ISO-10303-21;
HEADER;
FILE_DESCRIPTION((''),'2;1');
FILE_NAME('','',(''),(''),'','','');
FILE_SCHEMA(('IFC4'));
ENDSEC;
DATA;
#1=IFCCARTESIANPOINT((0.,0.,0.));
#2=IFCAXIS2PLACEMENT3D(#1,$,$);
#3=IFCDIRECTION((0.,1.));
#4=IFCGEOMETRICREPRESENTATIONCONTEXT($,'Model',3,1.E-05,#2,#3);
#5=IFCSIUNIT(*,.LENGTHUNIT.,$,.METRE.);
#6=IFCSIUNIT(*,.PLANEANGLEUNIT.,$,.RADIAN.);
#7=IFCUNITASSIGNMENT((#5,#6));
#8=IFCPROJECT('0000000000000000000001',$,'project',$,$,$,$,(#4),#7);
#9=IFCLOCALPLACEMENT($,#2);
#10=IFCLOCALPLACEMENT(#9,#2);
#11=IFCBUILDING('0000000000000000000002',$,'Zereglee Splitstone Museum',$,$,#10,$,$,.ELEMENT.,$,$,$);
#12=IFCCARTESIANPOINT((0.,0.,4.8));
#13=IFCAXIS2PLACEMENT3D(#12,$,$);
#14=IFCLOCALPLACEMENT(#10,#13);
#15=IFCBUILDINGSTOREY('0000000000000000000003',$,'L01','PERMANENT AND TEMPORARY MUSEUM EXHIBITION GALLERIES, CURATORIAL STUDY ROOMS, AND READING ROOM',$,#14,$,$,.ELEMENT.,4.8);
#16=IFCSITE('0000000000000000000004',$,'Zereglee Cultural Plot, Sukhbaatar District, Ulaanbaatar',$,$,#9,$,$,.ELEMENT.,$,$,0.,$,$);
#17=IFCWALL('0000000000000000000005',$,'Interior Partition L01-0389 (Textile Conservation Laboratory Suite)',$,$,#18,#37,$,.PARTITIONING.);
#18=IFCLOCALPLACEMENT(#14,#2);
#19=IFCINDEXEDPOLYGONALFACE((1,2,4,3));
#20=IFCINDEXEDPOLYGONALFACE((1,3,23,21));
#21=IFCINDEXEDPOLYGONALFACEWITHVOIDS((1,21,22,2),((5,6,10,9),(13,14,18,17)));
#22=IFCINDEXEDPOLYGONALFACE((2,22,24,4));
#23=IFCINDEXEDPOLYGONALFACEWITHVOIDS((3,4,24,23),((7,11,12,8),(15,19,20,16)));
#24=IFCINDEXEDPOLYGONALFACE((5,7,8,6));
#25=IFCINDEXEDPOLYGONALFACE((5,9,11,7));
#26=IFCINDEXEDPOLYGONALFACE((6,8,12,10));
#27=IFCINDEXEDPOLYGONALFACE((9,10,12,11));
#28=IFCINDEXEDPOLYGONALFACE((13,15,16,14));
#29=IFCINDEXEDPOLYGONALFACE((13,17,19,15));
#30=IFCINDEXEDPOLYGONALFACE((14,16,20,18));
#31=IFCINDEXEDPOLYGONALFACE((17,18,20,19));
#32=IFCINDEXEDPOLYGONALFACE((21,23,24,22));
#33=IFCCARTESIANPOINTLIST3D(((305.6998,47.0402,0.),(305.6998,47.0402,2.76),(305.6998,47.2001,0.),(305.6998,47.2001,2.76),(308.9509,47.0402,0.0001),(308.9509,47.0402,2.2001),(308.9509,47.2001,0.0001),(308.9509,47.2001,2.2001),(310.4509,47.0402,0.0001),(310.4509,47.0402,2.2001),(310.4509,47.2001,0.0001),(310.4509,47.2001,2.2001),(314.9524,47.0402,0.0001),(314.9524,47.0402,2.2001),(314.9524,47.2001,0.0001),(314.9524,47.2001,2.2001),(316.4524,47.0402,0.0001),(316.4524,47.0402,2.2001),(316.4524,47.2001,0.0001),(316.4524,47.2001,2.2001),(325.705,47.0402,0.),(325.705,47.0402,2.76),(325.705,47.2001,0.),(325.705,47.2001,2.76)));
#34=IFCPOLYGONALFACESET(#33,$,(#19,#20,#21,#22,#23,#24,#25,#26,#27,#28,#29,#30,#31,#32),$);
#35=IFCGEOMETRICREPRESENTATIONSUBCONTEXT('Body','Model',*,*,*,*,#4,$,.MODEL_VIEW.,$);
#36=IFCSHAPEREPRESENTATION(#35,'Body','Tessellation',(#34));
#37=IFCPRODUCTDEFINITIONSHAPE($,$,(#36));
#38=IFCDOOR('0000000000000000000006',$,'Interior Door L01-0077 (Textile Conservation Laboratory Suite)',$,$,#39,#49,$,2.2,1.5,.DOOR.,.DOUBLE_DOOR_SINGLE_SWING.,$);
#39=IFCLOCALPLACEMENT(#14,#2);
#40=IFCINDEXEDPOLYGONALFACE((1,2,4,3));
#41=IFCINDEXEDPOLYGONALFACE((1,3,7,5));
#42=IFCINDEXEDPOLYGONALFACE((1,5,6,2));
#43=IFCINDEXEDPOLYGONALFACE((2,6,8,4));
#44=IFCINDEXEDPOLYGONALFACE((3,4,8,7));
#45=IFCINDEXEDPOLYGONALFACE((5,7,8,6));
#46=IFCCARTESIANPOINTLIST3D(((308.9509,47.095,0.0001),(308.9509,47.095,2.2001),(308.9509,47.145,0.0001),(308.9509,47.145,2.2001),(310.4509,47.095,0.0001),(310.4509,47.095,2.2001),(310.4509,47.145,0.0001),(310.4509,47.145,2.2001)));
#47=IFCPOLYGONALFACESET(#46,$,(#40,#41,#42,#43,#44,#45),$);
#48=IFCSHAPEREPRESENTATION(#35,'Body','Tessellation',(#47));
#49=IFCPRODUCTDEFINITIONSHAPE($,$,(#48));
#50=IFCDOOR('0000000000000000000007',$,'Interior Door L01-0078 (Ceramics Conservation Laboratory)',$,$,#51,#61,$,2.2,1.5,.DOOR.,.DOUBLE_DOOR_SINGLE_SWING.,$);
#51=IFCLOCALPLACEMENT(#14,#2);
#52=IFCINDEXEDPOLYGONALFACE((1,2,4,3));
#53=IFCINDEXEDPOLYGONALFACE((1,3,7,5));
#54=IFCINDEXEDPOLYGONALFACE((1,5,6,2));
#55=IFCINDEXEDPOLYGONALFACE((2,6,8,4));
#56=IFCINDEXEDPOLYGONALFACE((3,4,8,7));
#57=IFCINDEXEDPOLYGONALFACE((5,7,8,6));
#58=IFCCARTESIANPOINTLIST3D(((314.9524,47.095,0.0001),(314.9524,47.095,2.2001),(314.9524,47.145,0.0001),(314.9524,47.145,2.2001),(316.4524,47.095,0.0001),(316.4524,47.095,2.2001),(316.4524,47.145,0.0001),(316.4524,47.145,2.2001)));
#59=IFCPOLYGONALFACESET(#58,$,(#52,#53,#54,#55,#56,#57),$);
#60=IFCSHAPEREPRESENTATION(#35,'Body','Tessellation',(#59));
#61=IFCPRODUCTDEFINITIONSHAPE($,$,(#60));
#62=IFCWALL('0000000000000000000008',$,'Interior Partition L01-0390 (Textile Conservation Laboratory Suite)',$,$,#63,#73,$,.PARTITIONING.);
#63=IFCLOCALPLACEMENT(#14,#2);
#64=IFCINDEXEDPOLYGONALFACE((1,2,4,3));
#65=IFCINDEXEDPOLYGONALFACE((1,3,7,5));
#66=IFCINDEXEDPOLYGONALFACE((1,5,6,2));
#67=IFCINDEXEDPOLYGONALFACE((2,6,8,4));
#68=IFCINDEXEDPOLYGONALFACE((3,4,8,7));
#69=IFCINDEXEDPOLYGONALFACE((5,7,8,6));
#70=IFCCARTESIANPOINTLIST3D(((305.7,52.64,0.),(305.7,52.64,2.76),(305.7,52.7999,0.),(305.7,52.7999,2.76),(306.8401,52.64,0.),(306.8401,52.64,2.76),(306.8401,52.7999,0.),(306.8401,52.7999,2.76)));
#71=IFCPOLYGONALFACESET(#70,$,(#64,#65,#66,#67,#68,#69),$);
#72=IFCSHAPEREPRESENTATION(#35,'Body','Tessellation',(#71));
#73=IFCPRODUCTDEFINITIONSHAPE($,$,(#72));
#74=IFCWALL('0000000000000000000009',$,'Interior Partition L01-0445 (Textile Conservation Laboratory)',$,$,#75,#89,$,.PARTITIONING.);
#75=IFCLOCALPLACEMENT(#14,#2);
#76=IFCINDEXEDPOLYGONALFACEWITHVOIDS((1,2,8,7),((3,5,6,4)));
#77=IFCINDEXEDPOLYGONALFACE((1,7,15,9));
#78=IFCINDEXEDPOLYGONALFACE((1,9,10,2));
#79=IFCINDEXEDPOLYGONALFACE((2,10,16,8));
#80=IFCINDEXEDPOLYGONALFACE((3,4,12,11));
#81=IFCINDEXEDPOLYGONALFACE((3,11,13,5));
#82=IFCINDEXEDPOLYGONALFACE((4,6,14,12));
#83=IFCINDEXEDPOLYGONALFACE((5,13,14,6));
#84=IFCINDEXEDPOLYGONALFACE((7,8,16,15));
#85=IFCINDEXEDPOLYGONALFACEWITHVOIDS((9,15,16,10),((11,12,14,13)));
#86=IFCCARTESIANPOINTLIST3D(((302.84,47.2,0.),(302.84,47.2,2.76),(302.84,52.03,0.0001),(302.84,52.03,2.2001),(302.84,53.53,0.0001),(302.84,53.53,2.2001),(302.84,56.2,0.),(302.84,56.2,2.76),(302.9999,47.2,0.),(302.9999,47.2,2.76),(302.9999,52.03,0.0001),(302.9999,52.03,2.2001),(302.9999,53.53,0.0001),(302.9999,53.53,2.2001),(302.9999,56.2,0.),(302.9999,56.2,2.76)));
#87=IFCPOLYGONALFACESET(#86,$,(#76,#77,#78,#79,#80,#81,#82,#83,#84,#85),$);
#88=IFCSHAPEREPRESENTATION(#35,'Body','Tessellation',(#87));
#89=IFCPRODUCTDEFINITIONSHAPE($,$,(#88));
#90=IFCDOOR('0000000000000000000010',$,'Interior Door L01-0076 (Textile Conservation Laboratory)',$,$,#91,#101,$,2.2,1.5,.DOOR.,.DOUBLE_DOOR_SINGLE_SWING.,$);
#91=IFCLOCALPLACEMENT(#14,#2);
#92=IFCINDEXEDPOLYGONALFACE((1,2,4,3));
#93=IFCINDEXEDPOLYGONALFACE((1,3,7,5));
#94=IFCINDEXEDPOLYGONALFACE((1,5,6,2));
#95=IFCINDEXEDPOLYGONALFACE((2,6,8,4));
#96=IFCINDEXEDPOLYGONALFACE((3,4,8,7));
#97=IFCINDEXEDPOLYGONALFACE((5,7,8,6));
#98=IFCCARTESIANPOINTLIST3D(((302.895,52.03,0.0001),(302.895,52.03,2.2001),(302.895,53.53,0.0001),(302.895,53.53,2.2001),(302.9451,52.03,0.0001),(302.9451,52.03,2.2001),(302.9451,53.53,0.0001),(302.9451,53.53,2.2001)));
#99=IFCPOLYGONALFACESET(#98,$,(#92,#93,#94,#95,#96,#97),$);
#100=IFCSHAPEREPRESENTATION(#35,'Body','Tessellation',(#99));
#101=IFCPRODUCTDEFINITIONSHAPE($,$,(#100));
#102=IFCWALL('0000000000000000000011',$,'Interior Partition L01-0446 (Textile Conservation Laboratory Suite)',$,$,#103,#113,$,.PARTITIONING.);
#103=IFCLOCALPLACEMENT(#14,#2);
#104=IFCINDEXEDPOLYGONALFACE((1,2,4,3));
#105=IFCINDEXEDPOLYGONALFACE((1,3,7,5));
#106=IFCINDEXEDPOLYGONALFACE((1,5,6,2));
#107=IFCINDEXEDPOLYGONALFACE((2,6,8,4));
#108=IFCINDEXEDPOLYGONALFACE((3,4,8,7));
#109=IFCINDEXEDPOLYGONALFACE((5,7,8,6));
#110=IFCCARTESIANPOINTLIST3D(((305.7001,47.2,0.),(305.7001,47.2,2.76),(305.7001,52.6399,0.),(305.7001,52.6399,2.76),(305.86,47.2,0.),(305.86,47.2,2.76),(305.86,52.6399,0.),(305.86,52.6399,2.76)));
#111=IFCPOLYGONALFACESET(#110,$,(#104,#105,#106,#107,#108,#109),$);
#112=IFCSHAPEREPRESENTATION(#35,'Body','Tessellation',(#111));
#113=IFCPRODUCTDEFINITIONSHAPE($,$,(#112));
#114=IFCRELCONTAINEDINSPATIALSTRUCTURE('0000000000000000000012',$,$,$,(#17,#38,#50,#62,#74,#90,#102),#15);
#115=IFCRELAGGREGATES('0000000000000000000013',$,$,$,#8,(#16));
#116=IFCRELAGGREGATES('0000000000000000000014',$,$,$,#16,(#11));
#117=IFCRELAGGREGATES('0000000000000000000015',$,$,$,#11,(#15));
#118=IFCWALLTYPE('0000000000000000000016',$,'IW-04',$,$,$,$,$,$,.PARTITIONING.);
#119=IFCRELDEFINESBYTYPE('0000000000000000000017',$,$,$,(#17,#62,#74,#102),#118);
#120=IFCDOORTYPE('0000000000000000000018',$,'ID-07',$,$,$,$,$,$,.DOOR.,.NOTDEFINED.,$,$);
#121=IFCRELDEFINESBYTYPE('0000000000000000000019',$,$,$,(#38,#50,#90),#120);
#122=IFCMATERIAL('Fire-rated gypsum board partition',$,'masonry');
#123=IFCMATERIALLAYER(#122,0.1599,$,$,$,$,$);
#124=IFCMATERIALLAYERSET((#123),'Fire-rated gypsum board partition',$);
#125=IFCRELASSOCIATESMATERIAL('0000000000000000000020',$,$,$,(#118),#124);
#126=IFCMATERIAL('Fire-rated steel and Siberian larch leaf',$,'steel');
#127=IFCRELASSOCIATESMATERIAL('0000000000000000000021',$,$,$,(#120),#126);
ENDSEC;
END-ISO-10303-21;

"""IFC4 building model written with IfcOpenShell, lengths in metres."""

from ifc_helpers import new_model, si_unit, direction, frame, frame_2d, origin, place, context, subcontext, project, spatial, rectangle, extrude, material, layer, layer_set, type_object, element, fill, save


model = new_model("IFC4")

# Units and contexts
model_context = context("Model", 3, precision=1e-05, world=origin(), true_north=direction((0.0, 1.0)))
body_context = subcontext(model_context, "Body", "Model", "MODEL_VIEW")
ifc_project = project(units=[si_unit("LENGTHUNIT", "METRE"), si_unit("PLANEANGLEUNIT", "RADIAN")], contexts=[model_context])

# Site, building, storey
site_placement = place(None, origin())
site = spatial("IfcSite", under=ifc_project, at=site_placement, Name="Zereglee Cultural Plot, Sukhbaatar District, Ulaanbaatar", CompositionType="ELEMENT", RefElevation=0.0)
building_placement = place(site_placement, origin())
building = spatial("IfcBuilding", under=site, at=building_placement, Name="Zereglee Splitstone Museum", CompositionType="ELEMENT")
storey_placement = place(building_placement, frame((0.0, 0.0, 4.8)))
storey = spatial("IfcBuildingStorey", under=building, at=storey_placement, Name="L01", Description="PERMANENT AND TEMPORARY MUSEUM EXHIBITION GALLERIES, CURATORIAL STUDY ROOMS, AND READING ROOM", CompositionType="ELEMENT", Elevation=4.8)

# Shared definitions
ifc_material_1 = material(Name="Fire-rated gypsum board partition", Category="masonry")
ifc_layer_1 = layer(ifc_material_1, 0.1599)
ifc_layer_set_1 = layer_set([ifc_layer_1], Name="Fire-rated gypsum board partition")
wall_type_1 = type_object("IfcWallType", Name="IW-04", PredefinedType="PARTITIONING", material=ifc_layer_set_1)

# Wall, openings, doors
wall_1_placement = place(storey_placement, frame((305.7, 47.1201, 0.0), z_axis=(0.0, 0.0, 1.0), x_axis=(1.0, 0.0, 0.0)))
wall_1 = element("IfcWall", 1, at=wall_1_placement, inside=storey, type_object=wall_type_1, Name="Interior Partition L01-0389 (Textile Conservation Laboratory Suite)", PredefinedType="PARTITIONING", context=body_context, shape_type="SweptSolid", body=[
    extrude(rectangle(XDim=20.0051, YDim=0.1599, at=frame_2d((10.0024, 0.0))), origin(), (0.0, 0.0, 1.0), 2.76),
])
opening_1_placement = place(wall_1_placement, frame((3.251, 0.0, 0.0)))
opening_1 = element("IfcOpeningElement", 2, at=opening_1_placement, cuts=wall_1, PredefinedType="OPENING", context=body_context, shape_type="SweptSolid", body=[
    extrude(rectangle(XDim=1.5, YDim=2.2, at=frame_2d((0.75, 1.1001))), frame((0.0, 0.0947, 0.0), z_axis=(0.0, -1.0, 0.0), x_axis=(1.0, 0.0, 0.0)), (0.0, 0.0, 1.0), 0.1897),
])
opening_2_placement = place(wall_1_placement, frame((9.2524, 0.0, 0.0)))
opening_2 = element("IfcOpeningElement", 3, at=opening_2_placement, cuts=wall_1, PredefinedType="OPENING", context=body_context, shape_type="SweptSolid", body=[
    extrude(rectangle(XDim=1.5, YDim=2.2, at=frame_2d((0.75, 1.1001))), frame((0.0, 0.0947, 0.0), z_axis=(0.0, -1.0, 0.0), x_axis=(1.0, 0.0, 0.0)), (0.0, 0.0, 1.0), 0.1897),
])
ifc_material_2 = material(Name="Fire-rated steel and Siberian larch leaf", Category="steel")
door_type = type_object("IfcDoorType", Name="ID-07", OperationType="NOTDEFINED", PredefinedType="DOOR", material=ifc_material_2)
door_1_placement = place(opening_1_placement, origin())
door_1 = element("IfcDoor", 4, at=door_1_placement, inside=storey, type_object=door_type, Name="Interior Door L01-0077 (Textile Conservation Laboratory Suite)", OperationType="DOUBLE_DOOR_SINGLE_SWING", OverallHeight=2.2, OverallWidth=1.5, PredefinedType="DOOR", context=body_context, shape_type="SweptSolid", body=[
    extrude(rectangle(XDim=1.5, YDim=2.2, at=frame_2d((0.75, 1.1001))), frame((0.0, 0.0249, 0.0), z_axis=(0.0, -1.0, 0.0), x_axis=(1.0, 0.0, 0.0)), (0.0, 0.0, 1.0), 0.05),
])
fill(opening_1, door_1)
door_2_placement = place(opening_2_placement, origin())
door_2 = element("IfcDoor", 5, at=door_2_placement, inside=storey, type_object=door_type, Name="Interior Door L01-0078 (Ceramics Conservation Laboratory)", OperationType="DOUBLE_DOOR_SINGLE_SWING", OverallHeight=2.2, OverallWidth=1.5, PredefinedType="DOOR", context=body_context, shape_type="SweptSolid", body=[
    extrude(rectangle(XDim=1.5, YDim=2.2, at=frame_2d((0.75, 1.1001))), frame((0.0, 0.0249, 0.0), z_axis=(0.0, -1.0, 0.0), x_axis=(1.0, 0.0, 0.0)), (0.0, 0.0, 1.0), 0.05),
])
fill(opening_2, door_2)

# Wall
wall_2_placement = place(storey_placement, frame((305.7, 52.72, 0.0), z_axis=(0.0, 0.0, 1.0), x_axis=(1.0, 0.0, 0.0)))
element("IfcWall", 6, at=wall_2_placement, inside=storey, type_object=wall_type_1, Name="Interior Partition L01-0390 (Textile Conservation Laboratory Suite)", PredefinedType="PARTITIONING", context=body_context, shape_type="SweptSolid", body=[
    extrude(rectangle(XDim=1.1401, YDim=0.1599, at=frame_2d((0.5701, 0.0))), origin(), (0.0, 0.0, 1.0), 2.76),
])

# Wall, opening, door
wall_3_placement = place(storey_placement, frame((302.9199, 47.2, 0.0), z_axis=(0.0, 0.0, 1.0), x_axis=(0.0, 1.0, 0.0)))
wall_3 = element("IfcWall", 7, at=wall_3_placement, inside=storey, type_object=wall_type_1, Name="Interior Partition L01-0445 (Textile Conservation Laboratory)", PredefinedType="PARTITIONING", context=body_context, shape_type="SweptSolid", body=[
    extrude(rectangle(XDim=9.0, YDim=0.1599, at=frame_2d((4.5, 0.0))), origin(), (0.0, 0.0, 1.0), 2.76),
])
opening_3_placement = place(wall_3_placement, frame((4.8301, 0.0, 0.0)))
opening_3 = element("IfcOpeningElement", 8, at=opening_3_placement, cuts=wall_3, PredefinedType="OPENING", context=body_context, shape_type="SweptSolid", body=[
    extrude(rectangle(XDim=1.5, YDim=2.2, at=frame_2d((0.75, 1.1001))), frame((0.0, 0.0947, 0.0), z_axis=(0.0, -1.0, 0.0), x_axis=(1.0, 0.0, 0.0)), (0.0, 0.0, 1.0), 0.1897),
])
door_3_placement = place(opening_3_placement, origin())
door_3 = element("IfcDoor", 9, at=door_3_placement, inside=storey, type_object=door_type, Name="Interior Door L01-0076 (Textile Conservation Laboratory)", OperationType="DOUBLE_DOOR_SINGLE_SWING", OverallHeight=2.2, OverallWidth=1.5, PredefinedType="DOOR", context=body_context, shape_type="SweptSolid", body=[
    extrude(rectangle(XDim=1.5, YDim=2.2, at=frame_2d((0.75, 1.1001))), frame((0.0, 0.0249, 0.0), z_axis=(0.0, -1.0, 0.0), x_axis=(1.0, 0.0, 0.0)), (0.0, 0.0, 1.0), 0.05),
])
fill(opening_3, door_3)

# Wall
wall_4_placement = place(storey_placement, frame((305.78, 47.2, 0.0), z_axis=(0.0, 0.0, 1.0), x_axis=(0.0, 1.0, 0.0)))
element("IfcWall", 10, at=wall_4_placement, inside=storey, type_object=wall_type_1, Name="Interior Partition L01-0446 (Textile Conservation Laboratory Suite)", PredefinedType="PARTITIONING", context=body_context, shape_type="SweptSolid", body=[
    extrude(rectangle(XDim=5.4399, YDim=0.1599, at=frame_2d((2.72, 0.0))), origin(), (0.0, 0.0, 1.0), 2.76),
])

save(model, "model.ifc")
